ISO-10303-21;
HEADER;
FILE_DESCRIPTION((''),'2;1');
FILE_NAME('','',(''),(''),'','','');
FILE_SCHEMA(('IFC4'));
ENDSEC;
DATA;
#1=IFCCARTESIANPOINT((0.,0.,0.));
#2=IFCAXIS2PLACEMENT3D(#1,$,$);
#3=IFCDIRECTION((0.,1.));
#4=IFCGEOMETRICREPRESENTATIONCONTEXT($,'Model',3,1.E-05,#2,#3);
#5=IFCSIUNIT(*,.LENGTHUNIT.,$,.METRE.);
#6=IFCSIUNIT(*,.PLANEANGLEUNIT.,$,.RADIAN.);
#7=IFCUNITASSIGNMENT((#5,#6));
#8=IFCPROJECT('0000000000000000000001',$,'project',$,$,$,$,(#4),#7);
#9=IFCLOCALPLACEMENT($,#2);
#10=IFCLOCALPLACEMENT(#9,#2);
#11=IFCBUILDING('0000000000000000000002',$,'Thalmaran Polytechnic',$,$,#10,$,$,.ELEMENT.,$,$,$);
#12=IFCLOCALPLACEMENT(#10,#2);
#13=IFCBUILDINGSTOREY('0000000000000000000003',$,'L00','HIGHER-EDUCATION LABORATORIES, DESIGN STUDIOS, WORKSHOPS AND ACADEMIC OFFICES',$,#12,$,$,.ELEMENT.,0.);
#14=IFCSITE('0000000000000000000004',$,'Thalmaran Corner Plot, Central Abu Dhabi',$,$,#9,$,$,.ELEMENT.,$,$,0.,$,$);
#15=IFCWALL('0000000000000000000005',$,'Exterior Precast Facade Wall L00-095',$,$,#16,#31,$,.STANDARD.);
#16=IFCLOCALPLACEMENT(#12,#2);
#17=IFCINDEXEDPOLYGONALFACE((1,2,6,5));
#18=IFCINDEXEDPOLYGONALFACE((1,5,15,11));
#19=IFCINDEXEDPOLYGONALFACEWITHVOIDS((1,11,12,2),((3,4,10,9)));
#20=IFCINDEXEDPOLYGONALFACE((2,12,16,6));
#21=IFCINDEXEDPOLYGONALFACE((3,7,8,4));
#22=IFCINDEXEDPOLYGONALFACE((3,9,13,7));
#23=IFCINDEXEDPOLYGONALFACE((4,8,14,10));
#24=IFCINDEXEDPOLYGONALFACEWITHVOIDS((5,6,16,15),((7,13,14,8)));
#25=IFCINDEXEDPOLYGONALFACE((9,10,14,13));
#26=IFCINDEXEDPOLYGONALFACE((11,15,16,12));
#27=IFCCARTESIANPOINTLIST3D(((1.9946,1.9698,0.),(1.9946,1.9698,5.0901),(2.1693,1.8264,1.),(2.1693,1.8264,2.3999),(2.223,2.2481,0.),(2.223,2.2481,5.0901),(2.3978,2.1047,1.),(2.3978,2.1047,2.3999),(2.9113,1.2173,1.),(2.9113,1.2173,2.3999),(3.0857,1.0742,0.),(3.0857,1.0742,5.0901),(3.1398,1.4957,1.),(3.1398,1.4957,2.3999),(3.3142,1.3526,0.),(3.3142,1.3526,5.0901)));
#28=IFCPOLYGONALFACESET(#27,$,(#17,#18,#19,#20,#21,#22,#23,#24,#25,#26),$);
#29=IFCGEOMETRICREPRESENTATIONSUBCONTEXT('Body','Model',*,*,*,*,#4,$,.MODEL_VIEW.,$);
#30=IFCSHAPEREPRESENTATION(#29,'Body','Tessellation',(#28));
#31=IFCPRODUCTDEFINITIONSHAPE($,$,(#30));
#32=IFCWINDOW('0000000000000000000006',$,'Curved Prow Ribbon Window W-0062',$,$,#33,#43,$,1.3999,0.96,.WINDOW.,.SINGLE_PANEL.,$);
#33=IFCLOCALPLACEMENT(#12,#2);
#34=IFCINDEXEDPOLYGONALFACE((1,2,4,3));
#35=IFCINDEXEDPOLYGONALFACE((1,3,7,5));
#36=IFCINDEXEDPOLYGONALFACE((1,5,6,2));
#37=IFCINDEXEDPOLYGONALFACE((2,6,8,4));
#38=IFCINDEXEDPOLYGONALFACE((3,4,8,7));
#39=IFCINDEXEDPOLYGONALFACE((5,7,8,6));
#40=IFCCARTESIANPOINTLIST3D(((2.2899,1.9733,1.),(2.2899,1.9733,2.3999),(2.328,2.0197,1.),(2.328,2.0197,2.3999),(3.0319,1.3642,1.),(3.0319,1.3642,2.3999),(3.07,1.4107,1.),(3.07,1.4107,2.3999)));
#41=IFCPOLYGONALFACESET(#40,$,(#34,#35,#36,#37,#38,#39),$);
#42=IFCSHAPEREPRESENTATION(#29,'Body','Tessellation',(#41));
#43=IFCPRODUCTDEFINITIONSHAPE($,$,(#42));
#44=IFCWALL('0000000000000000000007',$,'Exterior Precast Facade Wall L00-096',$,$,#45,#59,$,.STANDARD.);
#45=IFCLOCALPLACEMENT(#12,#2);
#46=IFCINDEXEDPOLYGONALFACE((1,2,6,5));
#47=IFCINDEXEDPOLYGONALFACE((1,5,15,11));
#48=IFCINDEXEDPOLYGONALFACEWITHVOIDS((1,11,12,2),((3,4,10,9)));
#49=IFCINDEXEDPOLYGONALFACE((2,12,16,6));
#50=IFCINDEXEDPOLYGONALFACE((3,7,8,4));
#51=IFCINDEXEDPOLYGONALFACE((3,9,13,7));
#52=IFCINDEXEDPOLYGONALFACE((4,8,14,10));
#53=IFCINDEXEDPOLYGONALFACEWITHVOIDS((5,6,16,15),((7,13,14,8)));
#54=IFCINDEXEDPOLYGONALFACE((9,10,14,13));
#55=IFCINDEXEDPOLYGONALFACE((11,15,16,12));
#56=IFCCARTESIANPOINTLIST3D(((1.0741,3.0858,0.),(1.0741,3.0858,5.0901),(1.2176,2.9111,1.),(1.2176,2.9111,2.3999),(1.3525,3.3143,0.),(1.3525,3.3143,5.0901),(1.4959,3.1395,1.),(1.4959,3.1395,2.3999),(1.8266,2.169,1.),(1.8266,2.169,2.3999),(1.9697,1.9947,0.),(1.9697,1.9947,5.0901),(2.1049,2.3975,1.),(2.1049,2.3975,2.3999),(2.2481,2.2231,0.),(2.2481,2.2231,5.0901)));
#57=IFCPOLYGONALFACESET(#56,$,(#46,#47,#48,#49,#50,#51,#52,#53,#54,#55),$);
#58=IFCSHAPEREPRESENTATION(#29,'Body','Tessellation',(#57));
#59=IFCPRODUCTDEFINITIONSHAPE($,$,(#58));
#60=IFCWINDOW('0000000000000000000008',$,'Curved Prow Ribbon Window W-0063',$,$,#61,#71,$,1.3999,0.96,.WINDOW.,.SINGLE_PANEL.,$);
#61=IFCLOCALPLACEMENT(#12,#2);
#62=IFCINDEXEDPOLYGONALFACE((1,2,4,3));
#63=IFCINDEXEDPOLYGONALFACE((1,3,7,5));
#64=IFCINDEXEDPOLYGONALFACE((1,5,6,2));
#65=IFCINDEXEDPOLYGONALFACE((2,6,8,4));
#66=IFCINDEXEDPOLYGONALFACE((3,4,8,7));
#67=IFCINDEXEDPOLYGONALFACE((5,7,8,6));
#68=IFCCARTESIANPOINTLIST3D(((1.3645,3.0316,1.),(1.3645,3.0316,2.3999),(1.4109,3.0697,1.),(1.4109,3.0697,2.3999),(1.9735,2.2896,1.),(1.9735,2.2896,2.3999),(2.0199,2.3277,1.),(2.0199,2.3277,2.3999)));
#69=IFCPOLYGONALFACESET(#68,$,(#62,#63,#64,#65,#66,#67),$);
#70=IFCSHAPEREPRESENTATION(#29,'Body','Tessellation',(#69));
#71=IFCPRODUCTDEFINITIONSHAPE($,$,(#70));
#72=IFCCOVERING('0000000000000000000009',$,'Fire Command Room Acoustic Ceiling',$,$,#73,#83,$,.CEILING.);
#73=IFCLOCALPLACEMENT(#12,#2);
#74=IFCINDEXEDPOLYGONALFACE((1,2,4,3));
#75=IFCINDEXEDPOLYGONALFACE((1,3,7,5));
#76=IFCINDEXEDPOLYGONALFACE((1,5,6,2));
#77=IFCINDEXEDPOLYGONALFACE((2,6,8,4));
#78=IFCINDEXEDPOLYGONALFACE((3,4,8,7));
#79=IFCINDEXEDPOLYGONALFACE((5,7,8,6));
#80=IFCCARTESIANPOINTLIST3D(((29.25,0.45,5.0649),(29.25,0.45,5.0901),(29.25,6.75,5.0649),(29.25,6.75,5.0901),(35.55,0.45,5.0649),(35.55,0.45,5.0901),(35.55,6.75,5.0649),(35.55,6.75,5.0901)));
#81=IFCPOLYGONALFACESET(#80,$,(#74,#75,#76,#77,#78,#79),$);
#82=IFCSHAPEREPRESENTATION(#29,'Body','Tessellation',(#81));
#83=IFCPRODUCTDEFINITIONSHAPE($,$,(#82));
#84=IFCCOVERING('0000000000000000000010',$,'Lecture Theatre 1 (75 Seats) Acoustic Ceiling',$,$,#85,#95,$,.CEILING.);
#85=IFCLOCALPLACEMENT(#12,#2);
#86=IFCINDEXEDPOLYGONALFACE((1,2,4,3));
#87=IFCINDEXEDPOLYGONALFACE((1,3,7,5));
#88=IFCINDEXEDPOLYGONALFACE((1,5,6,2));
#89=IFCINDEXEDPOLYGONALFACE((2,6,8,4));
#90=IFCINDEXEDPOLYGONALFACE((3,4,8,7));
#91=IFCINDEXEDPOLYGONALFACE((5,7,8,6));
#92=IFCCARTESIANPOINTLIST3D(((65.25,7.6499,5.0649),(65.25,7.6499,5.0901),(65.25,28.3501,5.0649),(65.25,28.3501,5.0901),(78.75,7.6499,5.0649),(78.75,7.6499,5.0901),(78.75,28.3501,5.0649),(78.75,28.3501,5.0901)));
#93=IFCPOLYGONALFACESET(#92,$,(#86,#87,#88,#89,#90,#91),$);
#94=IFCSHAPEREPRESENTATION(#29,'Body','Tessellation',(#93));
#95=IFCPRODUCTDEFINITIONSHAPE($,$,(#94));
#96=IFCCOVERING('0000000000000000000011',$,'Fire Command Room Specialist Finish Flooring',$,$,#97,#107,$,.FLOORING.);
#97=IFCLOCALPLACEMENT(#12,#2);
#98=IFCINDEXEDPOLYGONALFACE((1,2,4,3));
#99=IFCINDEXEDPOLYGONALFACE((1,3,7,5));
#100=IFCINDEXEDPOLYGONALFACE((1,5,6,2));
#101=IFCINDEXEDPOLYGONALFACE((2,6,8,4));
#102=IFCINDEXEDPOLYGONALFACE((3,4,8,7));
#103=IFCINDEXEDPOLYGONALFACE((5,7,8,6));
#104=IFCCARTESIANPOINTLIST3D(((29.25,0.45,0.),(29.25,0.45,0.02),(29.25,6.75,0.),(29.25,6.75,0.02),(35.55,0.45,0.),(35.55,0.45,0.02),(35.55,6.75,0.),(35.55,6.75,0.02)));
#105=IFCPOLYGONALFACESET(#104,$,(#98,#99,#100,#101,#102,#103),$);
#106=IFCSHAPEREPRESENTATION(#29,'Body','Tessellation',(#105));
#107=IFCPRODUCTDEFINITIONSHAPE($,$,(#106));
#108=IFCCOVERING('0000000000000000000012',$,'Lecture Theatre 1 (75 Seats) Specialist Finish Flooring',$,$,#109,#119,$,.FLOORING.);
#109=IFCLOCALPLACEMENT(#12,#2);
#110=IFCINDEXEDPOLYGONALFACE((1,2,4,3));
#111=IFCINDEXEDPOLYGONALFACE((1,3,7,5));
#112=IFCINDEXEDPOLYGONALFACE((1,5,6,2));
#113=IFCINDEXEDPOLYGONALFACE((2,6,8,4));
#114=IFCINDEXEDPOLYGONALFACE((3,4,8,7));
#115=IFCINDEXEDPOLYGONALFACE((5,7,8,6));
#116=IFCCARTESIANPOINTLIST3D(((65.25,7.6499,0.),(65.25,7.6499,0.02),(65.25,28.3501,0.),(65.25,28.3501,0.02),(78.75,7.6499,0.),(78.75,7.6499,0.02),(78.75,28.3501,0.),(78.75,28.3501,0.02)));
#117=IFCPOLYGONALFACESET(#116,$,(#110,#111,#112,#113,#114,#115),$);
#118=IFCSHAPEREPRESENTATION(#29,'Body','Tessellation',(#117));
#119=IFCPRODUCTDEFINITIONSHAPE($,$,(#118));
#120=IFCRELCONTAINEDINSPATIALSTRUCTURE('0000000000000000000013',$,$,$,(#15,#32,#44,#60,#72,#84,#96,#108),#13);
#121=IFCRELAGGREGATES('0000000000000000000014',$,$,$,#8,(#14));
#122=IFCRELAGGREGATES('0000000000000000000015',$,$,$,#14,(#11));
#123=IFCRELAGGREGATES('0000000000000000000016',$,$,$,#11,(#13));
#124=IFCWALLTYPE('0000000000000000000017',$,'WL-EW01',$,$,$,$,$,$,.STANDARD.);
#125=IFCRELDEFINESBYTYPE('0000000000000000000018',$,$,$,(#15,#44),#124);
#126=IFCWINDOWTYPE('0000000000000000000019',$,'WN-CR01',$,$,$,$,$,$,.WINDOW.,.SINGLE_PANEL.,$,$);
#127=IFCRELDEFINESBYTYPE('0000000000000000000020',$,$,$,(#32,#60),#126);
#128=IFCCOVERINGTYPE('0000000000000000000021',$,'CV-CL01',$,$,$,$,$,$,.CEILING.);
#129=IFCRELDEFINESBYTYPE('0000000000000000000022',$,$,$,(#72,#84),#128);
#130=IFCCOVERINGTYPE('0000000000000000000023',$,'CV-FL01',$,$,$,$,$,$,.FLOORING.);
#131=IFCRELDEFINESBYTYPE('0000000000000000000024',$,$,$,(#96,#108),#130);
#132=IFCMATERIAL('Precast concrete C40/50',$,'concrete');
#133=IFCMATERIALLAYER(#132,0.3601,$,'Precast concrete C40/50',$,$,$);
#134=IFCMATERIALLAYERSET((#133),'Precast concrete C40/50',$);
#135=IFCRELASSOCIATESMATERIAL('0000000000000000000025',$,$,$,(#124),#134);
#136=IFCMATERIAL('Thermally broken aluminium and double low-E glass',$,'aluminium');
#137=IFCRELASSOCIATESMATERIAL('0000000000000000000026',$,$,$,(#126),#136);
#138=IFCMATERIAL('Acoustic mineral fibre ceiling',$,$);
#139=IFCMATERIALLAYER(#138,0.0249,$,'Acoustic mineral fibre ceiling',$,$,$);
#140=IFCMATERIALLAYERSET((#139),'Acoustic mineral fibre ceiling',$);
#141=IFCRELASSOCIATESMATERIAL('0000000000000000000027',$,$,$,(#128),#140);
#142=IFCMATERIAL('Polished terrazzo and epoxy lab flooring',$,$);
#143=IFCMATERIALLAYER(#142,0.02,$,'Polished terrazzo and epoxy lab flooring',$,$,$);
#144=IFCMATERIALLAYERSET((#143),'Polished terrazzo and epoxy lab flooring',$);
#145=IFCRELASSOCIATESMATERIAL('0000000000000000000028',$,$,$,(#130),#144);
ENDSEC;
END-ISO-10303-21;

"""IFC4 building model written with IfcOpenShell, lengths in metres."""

from ifc_helpers import new_model, si_unit, direction, frame, frame_2d, origin, place, context, subcontext, project, spatial, polyline, rectangle, outline, extrude, material, layer, layer_set, type_object, element, fill, save


model = new_model("IFC4")

# Units and contexts
model_context = context("Model", 3, precision=1e-05, world=origin(), true_north=direction((0.0, 1.0)))
body_context = subcontext(model_context, "Body", "Model", "MODEL_VIEW")
ifc_project = project(units=[si_unit("LENGTHUNIT", "METRE"), si_unit("PLANEANGLEUNIT", "RADIAN")], contexts=[model_context])

# Site, building, storey
site_placement = place(None, origin())
site = spatial("IfcSite", under=ifc_project, at=site_placement, Name="Thalmaran Corner Plot, Central Abu Dhabi", CompositionType="ELEMENT", RefElevation=0.0)
building_placement = place(site_placement, origin())
building = spatial("IfcBuilding", under=site, at=building_placement, Name="Thalmaran Polytechnic", CompositionType="ELEMENT")
storey_placement = place(building_placement, origin())
storey = spatial("IfcBuildingStorey", under=building, at=storey_placement, Name="L00", Description="HIGHER-EDUCATION LABORATORIES, DESIGN STUDIOS, WORKSHOPS AND ACADEMIC OFFICES", CompositionType="ELEMENT", Elevation=0.0)

# Shared definitions
ifc_material_1 = material(Name="Precast concrete C40/50", Category="concrete")
ifc_layer_1 = layer(ifc_material_1, 0.3601, Name="Precast concrete C40/50")
ifc_layer_set_1 = layer_set([ifc_layer_1], Name="Precast concrete C40/50")
wall_type = type_object("IfcWallType", Name="WL-EW01", PredefinedType="STANDARD", material=ifc_layer_set_1)

# Walls, openings, windows
ifc_material_2 = material(Name="Thermally broken aluminium and double low-E glass", Category="aluminium")
window_type = type_object("IfcWindowType", Name="WN-CR01", PartitioningType="SINGLE_PANEL", PredefinedType="WINDOW", material=ifc_material_2)
wall_1_placement = place(storey_placement, frame((3.2, 1.2134, 0.0), z_axis=(0.0, 0.0, 1.0), x_axis=(-0.772978, 0.634433, 0.0)))
wall_1 = element("IfcWall", 1, at=wall_1_placement, inside=storey, type_object=wall_type, Name="Exterior Precast Facade Wall L00-095", PredefinedType="STANDARD", context=body_context, shape_type="SweptSolid", body=[
    extrude(rectangle(XDim=1.4116, YDim=0.3601, at=frame_2d((0.7058, 0.0))), origin(), (0.0, 0.0, 1.0), 5.0901),
])
opening_1_placement = place(wall_1_placement, frame((0.2256, 0.0, 1.0)))
opening_1 = element("IfcOpeningElement", 2, at=opening_1_placement, cuts=wall_1, PredefinedType="OPENING", context=body_context, shape_type="SweptSolid", body=[
    extrude(rectangle(XDim=0.96, YDim=1.3999, at=frame_2d((0.48, 0.7))), frame((0.0, 0.1899, 0.0), z_axis=(0.0, -1.0, 0.0), x_axis=(1.0, 0.0, 0.0)), (0.0, 0.0, 1.0), 0.3801),
])
window_1_placement = place(opening_1_placement, origin())
window_1 = element("IfcWindow", 3, at=window_1_placement, inside=storey, type_object=window_type, Name="Curved Prow Ribbon Window W-0062", OverallHeight=1.3999, OverallWidth=0.96, PartitioningType="SINGLE_PANEL", PredefinedType="WINDOW", context=body_context, shape_type="SweptSolid", body=[
    extrude(rectangle(XDim=0.96, YDim=1.3999, at=frame_2d((0.48, 0.7))), frame((0.0, -0.01, 0.0), z_axis=(0.0, -1.0, 0.0), x_axis=(1.0, 0.0, 0.0)), (0.0, 0.0, 1.0), 0.0601),
])
fill(opening_1, window_1)
wall_2_placement = place(storey_placement, frame((2.1089, 2.1089, 0.0), z_axis=(0.0, 0.0, 1.0), x_axis=(-0.634433, 0.772978, 0.0)))
wall_2 = element("IfcWall", 4, at=wall_2_placement, inside=storey, type_object=wall_type, Name="Exterior Precast Facade Wall L00-096", PredefinedType="STANDARD", context=body_context, shape_type="SweptSolid", body=[
    extrude(rectangle(XDim=1.4116, YDim=0.3601, at=frame_2d((0.7058, 0.0))), origin(), (0.0, 0.0, 1.0), 5.0901),
])
opening_2_placement = place(wall_2_placement, frame((0.2256, 0.0, 1.0)))
opening_2 = element("IfcOpeningElement", 5, at=opening_2_placement, cuts=wall_2, PredefinedType="OPENING", context=body_context, shape_type="SweptSolid", body=[
    extrude(rectangle(XDim=0.96, YDim=1.3999, at=frame_2d((0.48, 0.7))), frame((0.0, 0.1899, 0.0), z_axis=(0.0, -1.0, 0.0), x_axis=(1.0, 0.0, 0.0)), (0.0, 0.0, 1.0), 0.3801),
])
window_2_placement = place(opening_2_placement, origin())
window_2 = element("IfcWindow", 6, at=window_2_placement, inside=storey, type_object=window_type, Name="Curved Prow Ribbon Window W-0063", OverallHeight=1.3999, OverallWidth=0.96, PartitioningType="SINGLE_PANEL", PredefinedType="WINDOW", context=body_context, shape_type="SweptSolid", body=[
    extrude(rectangle(XDim=0.96, YDim=1.3999, at=frame_2d((0.48, 0.7))), frame((0.0, -0.01, 0.0), z_axis=(0.0, -1.0, 0.0), x_axis=(1.0, 0.0, 0.0)), (0.0, 0.0, 1.0), 0.0601),
])
fill(opening_2, window_2)

# Coverings
ifc_material_3 = material(Name="Acoustic mineral fibre ceiling")
ifc_layer_2 = layer(ifc_material_3, 0.0249, Name="Acoustic mineral fibre ceiling")
ifc_layer_set_2 = layer_set([ifc_layer_2], Name="Acoustic mineral fibre ceiling")
covering_type_1 = type_object("IfcCoveringType", Name="CV-CL01", PredefinedType="CEILING", material=ifc_layer_set_2)
covering_1_placement = place(storey_placement, frame((0.0, 0.0, 5.0649)))
element("IfcCovering", 7, at=covering_1_placement, inside=storey, type_object=covering_type_1, Name="Fire Command Room Acoustic Ceiling", PredefinedType="CEILING", context=body_context, shape_type="SweptSolid", body=[
    extrude(outline(polyline([(35.55, 0.45), (29.25, 0.45), (29.25, 6.75), (35.55, 6.75), (35.55, 0.45)])), origin(), (0.0, 0.0, 1.0), 0.0251),
])
covering_2_placement = place(storey_placement, frame((0.0, 0.0, 5.0649)))
element("IfcCovering", 8, at=covering_2_placement, inside=storey, type_object=covering_type_1, Name="Lecture Theatre 1 (75 Seats) Acoustic Ceiling", PredefinedType="CEILING", context=body_context, shape_type="SweptSolid", body=[
    extrude(outline(polyline([(65.25, 28.3501), (78.75, 28.3501), (78.75, 7.6499), (65.25, 7.6499), (65.25, 28.3501)])), origin(), (0.0, 0.0, 1.0), 0.0251),
])
ifc_material_4 = material(Name="Polished terrazzo and epoxy lab flooring")
ifc_layer_3 = layer(ifc_material_4, 0.02, Name="Polished terrazzo and epoxy lab flooring")
ifc_layer_set_3 = layer_set([ifc_layer_3], Name="Polished terrazzo and epoxy lab flooring")
covering_type_2 = type_object("IfcCoveringType", Name="CV-FL01", PredefinedType="FLOORING", material=ifc_layer_set_3)
covering_3_placement = place(storey_placement, origin())
element("IfcCovering", 9, at=covering_3_placement, inside=storey, type_object=covering_type_2, Name="Fire Command Room Specialist Finish Flooring", PredefinedType="FLOORING", context=body_context, shape_type="SweptSolid", body=[
    extrude(outline(polyline([(35.55, 0.45), (29.25, 0.45), (29.25, 6.75), (35.55, 6.75), (35.55, 0.45)])), origin(), (0.0, 0.0, 1.0), 0.02),
])
covering_4_placement = place(storey_placement, origin())
element("IfcCovering", 10, at=covering_4_placement, inside=storey, type_object=covering_type_2, Name="Lecture Theatre 1 (75 Seats) Specialist Finish Flooring", PredefinedType="FLOORING", context=body_context, shape_type="SweptSolid", body=[
    extrude(outline(polyline([(65.25, 28.3501), (78.75, 28.3501), (78.75, 7.6499), (65.25, 7.6499), (65.25, 28.3501)])), origin(), (0.0, 0.0, 1.0), 0.02),
])

save(model, "model.ifc")
